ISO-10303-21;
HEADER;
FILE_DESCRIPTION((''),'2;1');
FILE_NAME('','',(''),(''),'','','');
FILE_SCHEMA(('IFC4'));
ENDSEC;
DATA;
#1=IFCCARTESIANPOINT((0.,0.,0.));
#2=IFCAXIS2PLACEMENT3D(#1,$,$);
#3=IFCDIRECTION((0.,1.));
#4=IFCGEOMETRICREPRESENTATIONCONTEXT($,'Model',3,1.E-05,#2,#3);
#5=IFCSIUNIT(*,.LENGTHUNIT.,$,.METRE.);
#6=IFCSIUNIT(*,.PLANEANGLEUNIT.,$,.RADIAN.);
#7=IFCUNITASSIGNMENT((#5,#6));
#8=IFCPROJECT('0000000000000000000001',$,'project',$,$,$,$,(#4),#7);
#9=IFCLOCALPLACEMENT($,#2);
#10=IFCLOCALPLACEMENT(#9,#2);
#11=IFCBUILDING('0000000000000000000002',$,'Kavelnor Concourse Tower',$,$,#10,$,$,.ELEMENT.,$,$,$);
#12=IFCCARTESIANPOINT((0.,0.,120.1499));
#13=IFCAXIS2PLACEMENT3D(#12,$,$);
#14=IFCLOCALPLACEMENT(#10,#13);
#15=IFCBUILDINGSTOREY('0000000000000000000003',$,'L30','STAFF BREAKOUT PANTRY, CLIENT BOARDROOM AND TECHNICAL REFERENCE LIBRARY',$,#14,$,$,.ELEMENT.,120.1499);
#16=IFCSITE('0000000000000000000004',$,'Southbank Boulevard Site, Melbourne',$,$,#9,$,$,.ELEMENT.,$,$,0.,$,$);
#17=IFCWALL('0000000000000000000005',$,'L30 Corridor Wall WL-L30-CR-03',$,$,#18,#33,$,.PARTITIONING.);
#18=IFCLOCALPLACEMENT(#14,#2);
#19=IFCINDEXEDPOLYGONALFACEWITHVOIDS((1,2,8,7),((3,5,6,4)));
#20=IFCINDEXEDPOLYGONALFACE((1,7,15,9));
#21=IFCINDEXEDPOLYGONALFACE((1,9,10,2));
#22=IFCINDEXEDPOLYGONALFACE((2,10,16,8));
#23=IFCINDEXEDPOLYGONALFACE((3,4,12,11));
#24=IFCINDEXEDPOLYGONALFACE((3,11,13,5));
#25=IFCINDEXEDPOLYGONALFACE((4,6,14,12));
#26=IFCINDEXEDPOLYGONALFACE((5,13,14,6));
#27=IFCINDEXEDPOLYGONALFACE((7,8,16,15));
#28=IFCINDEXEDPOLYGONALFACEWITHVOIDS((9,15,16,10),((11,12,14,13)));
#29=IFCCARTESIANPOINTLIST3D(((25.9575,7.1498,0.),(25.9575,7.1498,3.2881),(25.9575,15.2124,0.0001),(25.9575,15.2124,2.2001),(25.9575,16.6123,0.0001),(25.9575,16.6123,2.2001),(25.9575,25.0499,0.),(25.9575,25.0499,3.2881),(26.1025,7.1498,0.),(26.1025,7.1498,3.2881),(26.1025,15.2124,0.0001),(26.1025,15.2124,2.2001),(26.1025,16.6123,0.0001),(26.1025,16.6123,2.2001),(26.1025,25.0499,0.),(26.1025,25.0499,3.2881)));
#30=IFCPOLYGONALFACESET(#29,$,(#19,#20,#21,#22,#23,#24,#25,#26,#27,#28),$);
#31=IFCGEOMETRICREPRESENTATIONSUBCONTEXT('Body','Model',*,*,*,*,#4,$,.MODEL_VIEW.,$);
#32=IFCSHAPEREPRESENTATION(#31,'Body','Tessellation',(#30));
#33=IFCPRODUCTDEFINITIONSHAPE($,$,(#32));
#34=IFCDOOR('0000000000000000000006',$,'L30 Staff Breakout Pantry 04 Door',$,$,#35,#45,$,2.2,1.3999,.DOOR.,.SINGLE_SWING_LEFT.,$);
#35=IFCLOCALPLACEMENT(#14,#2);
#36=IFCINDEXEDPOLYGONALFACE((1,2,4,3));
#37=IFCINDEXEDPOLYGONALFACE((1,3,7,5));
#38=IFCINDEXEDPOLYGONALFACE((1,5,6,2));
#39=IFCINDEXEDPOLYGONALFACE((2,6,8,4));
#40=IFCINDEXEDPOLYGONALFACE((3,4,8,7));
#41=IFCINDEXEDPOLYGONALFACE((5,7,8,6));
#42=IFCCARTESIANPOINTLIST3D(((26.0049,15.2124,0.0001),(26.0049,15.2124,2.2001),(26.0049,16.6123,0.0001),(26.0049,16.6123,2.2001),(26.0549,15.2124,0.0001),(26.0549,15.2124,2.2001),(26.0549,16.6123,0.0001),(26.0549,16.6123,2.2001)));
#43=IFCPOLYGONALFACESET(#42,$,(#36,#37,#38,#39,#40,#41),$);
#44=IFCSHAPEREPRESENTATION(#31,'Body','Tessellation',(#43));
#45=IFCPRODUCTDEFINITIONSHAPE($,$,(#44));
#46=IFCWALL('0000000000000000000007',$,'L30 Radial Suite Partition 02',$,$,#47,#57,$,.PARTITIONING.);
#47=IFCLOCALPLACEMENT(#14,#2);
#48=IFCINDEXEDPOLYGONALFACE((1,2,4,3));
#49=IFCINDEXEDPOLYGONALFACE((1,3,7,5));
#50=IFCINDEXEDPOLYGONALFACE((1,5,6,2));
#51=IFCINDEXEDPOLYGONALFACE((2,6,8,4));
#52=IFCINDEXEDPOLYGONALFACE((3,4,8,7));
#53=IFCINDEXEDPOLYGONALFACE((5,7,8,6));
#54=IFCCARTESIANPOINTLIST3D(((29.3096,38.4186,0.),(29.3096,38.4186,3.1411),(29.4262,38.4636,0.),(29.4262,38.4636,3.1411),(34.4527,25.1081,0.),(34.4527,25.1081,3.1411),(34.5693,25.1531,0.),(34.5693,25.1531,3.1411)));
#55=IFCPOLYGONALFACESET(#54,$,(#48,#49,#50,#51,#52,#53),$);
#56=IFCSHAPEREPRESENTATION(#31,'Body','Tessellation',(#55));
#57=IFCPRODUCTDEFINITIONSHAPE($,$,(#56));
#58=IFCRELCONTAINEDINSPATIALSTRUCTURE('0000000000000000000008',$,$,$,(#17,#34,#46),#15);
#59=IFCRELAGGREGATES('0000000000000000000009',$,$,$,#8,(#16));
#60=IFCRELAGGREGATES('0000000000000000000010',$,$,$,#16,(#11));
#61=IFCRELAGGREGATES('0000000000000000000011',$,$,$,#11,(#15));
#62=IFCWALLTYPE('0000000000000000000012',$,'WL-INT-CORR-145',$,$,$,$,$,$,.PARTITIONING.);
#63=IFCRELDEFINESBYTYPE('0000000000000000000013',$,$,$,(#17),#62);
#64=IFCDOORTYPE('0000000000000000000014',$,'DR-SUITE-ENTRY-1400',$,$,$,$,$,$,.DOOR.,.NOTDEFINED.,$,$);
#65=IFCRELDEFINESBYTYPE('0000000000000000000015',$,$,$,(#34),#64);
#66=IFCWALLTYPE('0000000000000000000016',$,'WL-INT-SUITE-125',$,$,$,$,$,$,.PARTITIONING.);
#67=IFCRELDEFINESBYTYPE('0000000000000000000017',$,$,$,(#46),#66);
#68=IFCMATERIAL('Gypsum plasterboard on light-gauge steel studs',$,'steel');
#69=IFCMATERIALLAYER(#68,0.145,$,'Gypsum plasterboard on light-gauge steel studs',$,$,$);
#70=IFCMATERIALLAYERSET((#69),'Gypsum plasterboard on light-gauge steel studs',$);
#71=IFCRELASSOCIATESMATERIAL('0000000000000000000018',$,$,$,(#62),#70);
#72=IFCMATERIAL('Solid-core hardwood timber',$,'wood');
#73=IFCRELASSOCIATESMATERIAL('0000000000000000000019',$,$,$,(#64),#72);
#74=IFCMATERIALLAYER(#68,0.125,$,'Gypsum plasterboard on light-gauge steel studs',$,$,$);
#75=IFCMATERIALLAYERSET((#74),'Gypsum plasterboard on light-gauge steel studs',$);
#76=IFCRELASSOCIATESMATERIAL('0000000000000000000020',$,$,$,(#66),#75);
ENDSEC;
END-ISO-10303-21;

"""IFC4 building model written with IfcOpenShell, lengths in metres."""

from ifc_helpers import new_model, si_unit, direction, frame, frame_2d, origin, place, context, subcontext, project, spatial, rectangle, extrude, material, layer, layer_set, type_object, element, fill, save


model = new_model("IFC4")

# Units and contexts
model_context = context("Model", 3, precision=1e-05, world=origin(), true_north=direction((0.0, 1.0)))
body_context = subcontext(model_context, "Body", "Model", "MODEL_VIEW")
ifc_project = project(units=[si_unit("LENGTHUNIT", "METRE"), si_unit("PLANEANGLEUNIT", "RADIAN")], contexts=[model_context])

# Site, building, storey
site_placement = place(None, origin())
site = spatial("IfcSite", under=ifc_project, at=site_placement, Name="Southbank Boulevard Site, Melbourne", CompositionType="ELEMENT", RefElevation=0.0)
building_placement = place(site_placement, origin())
building = spatial("IfcBuilding", under=site, at=building_placement, Name="Kavelnor Concourse Tower", CompositionType="ELEMENT")
storey_placement = place(building_placement, frame((0.0, 0.0, 120.1499)))
storey = spatial("IfcBuildingStorey", under=building, at=storey_placement, Name="L30", Description="STAFF BREAKOUT PANTRY, CLIENT BOARDROOM AND TECHNICAL REFERENCE LIBRARY", CompositionType="ELEMENT", Elevation=120.1499)

# Wall, opening, door
ifc_material_1 = material(Name="Gypsum plasterboard on light-gauge steel studs", Category="steel")
ifc_layer_1 = layer(ifc_material_1, 0.145, Name="Gypsum plasterboard on light-gauge steel studs")
ifc_layer_set_1 = layer_set([ifc_layer_1], Name="Gypsum plasterboard on light-gauge steel studs")
wall_type_1 = type_object("IfcWallType", Name="WL-INT-CORR-145", PredefinedType="PARTITIONING", material=ifc_layer_set_1)
wall_1_placement = place(storey_placement, frame((26.03, 25.05, 0.0), z_axis=(0.0, 0.0, 1.0), x_axis=(0.0, -1.0, 0.0)))
wall_1 = element("IfcWall", 1, at=wall_1_placement, inside=storey, type_object=wall_type_1, Name="L30 Corridor Wall WL-L30-CR-03", PredefinedType="PARTITIONING", context=body_context, shape_type="SweptSolid", body=[
    extrude(rectangle(XDim=17.9001, YDim=0.145, at=frame_2d((8.9502, 0.0))), origin(), (0.0, 0.0, 1.0), 3.2881),
])
opening_1_placement = place(wall_1_placement, frame((8.4377, 0.0, 0.0)))
opening_1 = element("IfcOpeningElement", 2, at=opening_1_placement, cuts=wall_1, PredefinedType="OPENING", context=body_context, shape_type="SweptSolid", body=[
    extrude(rectangle(XDim=1.3999, YDim=2.2, at=frame_2d((0.7, 1.1001))), frame((0.0, 0.0825, 0.0), z_axis=(0.0, -1.0, 0.0), x_axis=(1.0, 0.0, 0.0)), (0.0, 0.0, 1.0), 0.165),
])
ifc_material_2 = material(Name="Solid-core hardwood timber", Category="wood")
door_type = type_object("IfcDoorType", Name="DR-SUITE-ENTRY-1400", OperationType="NOTDEFINED", PredefinedType="DOOR", material=ifc_material_2)
door_placement = place(opening_1_placement, origin())
door = element("IfcDoor", 3, at=door_placement, inside=storey, type_object=door_type, Name="L30 Staff Breakout Pantry 04 Door", OperationType="SINGLE_SWING_LEFT", OverallHeight=2.2, OverallWidth=1.3999, PredefinedType="DOOR", context=body_context, shape_type="SweptSolid", body=[
    extrude(rectangle(XDim=1.3999, YDim=2.2, at=frame_2d((0.7, 1.1001))), frame((0.0, 0.0249, 0.0), z_axis=(0.0, -1.0, 0.0), x_axis=(1.0, 0.0, 0.0)), (0.0, 0.0, 1.0), 0.05),
])
fill(opening_1, door)

# Wall
ifc_layer_2 = layer(ifc_material_1, 0.125, Name="Gypsum plasterboard on light-gauge steel studs")
ifc_layer_set_2 = layer_set([ifc_layer_2], Name="Gypsum plasterboard on light-gauge steel studs")
wall_type_2 = type_object("IfcWallType", Name="WL-INT-SUITE-125", PredefinedType="PARTITIONING", material=ifc_layer_set_2)
wall_2_placement = place(storey_placement, frame((34.511, 25.1306, 0.0), z_axis=(0.0, 0.0, 1.0), x_axis=(-0.360421, 0.93279, 0.0)))
element("IfcWall", 4, at=wall_2_placement, inside=storey, type_object=wall_type_2, Name="L30 Radial Suite Partition 02", PredefinedType="PARTITIONING", context=body_context, shape_type="SweptSolid", body=[
    extrude(rectangle(XDim=14.2695, YDim=0.125, at=frame_2d((7.1348, 0.0))), origin(), (0.0, 0.0, 1.0), 3.1411),
])

save(model, "model.ifc")
